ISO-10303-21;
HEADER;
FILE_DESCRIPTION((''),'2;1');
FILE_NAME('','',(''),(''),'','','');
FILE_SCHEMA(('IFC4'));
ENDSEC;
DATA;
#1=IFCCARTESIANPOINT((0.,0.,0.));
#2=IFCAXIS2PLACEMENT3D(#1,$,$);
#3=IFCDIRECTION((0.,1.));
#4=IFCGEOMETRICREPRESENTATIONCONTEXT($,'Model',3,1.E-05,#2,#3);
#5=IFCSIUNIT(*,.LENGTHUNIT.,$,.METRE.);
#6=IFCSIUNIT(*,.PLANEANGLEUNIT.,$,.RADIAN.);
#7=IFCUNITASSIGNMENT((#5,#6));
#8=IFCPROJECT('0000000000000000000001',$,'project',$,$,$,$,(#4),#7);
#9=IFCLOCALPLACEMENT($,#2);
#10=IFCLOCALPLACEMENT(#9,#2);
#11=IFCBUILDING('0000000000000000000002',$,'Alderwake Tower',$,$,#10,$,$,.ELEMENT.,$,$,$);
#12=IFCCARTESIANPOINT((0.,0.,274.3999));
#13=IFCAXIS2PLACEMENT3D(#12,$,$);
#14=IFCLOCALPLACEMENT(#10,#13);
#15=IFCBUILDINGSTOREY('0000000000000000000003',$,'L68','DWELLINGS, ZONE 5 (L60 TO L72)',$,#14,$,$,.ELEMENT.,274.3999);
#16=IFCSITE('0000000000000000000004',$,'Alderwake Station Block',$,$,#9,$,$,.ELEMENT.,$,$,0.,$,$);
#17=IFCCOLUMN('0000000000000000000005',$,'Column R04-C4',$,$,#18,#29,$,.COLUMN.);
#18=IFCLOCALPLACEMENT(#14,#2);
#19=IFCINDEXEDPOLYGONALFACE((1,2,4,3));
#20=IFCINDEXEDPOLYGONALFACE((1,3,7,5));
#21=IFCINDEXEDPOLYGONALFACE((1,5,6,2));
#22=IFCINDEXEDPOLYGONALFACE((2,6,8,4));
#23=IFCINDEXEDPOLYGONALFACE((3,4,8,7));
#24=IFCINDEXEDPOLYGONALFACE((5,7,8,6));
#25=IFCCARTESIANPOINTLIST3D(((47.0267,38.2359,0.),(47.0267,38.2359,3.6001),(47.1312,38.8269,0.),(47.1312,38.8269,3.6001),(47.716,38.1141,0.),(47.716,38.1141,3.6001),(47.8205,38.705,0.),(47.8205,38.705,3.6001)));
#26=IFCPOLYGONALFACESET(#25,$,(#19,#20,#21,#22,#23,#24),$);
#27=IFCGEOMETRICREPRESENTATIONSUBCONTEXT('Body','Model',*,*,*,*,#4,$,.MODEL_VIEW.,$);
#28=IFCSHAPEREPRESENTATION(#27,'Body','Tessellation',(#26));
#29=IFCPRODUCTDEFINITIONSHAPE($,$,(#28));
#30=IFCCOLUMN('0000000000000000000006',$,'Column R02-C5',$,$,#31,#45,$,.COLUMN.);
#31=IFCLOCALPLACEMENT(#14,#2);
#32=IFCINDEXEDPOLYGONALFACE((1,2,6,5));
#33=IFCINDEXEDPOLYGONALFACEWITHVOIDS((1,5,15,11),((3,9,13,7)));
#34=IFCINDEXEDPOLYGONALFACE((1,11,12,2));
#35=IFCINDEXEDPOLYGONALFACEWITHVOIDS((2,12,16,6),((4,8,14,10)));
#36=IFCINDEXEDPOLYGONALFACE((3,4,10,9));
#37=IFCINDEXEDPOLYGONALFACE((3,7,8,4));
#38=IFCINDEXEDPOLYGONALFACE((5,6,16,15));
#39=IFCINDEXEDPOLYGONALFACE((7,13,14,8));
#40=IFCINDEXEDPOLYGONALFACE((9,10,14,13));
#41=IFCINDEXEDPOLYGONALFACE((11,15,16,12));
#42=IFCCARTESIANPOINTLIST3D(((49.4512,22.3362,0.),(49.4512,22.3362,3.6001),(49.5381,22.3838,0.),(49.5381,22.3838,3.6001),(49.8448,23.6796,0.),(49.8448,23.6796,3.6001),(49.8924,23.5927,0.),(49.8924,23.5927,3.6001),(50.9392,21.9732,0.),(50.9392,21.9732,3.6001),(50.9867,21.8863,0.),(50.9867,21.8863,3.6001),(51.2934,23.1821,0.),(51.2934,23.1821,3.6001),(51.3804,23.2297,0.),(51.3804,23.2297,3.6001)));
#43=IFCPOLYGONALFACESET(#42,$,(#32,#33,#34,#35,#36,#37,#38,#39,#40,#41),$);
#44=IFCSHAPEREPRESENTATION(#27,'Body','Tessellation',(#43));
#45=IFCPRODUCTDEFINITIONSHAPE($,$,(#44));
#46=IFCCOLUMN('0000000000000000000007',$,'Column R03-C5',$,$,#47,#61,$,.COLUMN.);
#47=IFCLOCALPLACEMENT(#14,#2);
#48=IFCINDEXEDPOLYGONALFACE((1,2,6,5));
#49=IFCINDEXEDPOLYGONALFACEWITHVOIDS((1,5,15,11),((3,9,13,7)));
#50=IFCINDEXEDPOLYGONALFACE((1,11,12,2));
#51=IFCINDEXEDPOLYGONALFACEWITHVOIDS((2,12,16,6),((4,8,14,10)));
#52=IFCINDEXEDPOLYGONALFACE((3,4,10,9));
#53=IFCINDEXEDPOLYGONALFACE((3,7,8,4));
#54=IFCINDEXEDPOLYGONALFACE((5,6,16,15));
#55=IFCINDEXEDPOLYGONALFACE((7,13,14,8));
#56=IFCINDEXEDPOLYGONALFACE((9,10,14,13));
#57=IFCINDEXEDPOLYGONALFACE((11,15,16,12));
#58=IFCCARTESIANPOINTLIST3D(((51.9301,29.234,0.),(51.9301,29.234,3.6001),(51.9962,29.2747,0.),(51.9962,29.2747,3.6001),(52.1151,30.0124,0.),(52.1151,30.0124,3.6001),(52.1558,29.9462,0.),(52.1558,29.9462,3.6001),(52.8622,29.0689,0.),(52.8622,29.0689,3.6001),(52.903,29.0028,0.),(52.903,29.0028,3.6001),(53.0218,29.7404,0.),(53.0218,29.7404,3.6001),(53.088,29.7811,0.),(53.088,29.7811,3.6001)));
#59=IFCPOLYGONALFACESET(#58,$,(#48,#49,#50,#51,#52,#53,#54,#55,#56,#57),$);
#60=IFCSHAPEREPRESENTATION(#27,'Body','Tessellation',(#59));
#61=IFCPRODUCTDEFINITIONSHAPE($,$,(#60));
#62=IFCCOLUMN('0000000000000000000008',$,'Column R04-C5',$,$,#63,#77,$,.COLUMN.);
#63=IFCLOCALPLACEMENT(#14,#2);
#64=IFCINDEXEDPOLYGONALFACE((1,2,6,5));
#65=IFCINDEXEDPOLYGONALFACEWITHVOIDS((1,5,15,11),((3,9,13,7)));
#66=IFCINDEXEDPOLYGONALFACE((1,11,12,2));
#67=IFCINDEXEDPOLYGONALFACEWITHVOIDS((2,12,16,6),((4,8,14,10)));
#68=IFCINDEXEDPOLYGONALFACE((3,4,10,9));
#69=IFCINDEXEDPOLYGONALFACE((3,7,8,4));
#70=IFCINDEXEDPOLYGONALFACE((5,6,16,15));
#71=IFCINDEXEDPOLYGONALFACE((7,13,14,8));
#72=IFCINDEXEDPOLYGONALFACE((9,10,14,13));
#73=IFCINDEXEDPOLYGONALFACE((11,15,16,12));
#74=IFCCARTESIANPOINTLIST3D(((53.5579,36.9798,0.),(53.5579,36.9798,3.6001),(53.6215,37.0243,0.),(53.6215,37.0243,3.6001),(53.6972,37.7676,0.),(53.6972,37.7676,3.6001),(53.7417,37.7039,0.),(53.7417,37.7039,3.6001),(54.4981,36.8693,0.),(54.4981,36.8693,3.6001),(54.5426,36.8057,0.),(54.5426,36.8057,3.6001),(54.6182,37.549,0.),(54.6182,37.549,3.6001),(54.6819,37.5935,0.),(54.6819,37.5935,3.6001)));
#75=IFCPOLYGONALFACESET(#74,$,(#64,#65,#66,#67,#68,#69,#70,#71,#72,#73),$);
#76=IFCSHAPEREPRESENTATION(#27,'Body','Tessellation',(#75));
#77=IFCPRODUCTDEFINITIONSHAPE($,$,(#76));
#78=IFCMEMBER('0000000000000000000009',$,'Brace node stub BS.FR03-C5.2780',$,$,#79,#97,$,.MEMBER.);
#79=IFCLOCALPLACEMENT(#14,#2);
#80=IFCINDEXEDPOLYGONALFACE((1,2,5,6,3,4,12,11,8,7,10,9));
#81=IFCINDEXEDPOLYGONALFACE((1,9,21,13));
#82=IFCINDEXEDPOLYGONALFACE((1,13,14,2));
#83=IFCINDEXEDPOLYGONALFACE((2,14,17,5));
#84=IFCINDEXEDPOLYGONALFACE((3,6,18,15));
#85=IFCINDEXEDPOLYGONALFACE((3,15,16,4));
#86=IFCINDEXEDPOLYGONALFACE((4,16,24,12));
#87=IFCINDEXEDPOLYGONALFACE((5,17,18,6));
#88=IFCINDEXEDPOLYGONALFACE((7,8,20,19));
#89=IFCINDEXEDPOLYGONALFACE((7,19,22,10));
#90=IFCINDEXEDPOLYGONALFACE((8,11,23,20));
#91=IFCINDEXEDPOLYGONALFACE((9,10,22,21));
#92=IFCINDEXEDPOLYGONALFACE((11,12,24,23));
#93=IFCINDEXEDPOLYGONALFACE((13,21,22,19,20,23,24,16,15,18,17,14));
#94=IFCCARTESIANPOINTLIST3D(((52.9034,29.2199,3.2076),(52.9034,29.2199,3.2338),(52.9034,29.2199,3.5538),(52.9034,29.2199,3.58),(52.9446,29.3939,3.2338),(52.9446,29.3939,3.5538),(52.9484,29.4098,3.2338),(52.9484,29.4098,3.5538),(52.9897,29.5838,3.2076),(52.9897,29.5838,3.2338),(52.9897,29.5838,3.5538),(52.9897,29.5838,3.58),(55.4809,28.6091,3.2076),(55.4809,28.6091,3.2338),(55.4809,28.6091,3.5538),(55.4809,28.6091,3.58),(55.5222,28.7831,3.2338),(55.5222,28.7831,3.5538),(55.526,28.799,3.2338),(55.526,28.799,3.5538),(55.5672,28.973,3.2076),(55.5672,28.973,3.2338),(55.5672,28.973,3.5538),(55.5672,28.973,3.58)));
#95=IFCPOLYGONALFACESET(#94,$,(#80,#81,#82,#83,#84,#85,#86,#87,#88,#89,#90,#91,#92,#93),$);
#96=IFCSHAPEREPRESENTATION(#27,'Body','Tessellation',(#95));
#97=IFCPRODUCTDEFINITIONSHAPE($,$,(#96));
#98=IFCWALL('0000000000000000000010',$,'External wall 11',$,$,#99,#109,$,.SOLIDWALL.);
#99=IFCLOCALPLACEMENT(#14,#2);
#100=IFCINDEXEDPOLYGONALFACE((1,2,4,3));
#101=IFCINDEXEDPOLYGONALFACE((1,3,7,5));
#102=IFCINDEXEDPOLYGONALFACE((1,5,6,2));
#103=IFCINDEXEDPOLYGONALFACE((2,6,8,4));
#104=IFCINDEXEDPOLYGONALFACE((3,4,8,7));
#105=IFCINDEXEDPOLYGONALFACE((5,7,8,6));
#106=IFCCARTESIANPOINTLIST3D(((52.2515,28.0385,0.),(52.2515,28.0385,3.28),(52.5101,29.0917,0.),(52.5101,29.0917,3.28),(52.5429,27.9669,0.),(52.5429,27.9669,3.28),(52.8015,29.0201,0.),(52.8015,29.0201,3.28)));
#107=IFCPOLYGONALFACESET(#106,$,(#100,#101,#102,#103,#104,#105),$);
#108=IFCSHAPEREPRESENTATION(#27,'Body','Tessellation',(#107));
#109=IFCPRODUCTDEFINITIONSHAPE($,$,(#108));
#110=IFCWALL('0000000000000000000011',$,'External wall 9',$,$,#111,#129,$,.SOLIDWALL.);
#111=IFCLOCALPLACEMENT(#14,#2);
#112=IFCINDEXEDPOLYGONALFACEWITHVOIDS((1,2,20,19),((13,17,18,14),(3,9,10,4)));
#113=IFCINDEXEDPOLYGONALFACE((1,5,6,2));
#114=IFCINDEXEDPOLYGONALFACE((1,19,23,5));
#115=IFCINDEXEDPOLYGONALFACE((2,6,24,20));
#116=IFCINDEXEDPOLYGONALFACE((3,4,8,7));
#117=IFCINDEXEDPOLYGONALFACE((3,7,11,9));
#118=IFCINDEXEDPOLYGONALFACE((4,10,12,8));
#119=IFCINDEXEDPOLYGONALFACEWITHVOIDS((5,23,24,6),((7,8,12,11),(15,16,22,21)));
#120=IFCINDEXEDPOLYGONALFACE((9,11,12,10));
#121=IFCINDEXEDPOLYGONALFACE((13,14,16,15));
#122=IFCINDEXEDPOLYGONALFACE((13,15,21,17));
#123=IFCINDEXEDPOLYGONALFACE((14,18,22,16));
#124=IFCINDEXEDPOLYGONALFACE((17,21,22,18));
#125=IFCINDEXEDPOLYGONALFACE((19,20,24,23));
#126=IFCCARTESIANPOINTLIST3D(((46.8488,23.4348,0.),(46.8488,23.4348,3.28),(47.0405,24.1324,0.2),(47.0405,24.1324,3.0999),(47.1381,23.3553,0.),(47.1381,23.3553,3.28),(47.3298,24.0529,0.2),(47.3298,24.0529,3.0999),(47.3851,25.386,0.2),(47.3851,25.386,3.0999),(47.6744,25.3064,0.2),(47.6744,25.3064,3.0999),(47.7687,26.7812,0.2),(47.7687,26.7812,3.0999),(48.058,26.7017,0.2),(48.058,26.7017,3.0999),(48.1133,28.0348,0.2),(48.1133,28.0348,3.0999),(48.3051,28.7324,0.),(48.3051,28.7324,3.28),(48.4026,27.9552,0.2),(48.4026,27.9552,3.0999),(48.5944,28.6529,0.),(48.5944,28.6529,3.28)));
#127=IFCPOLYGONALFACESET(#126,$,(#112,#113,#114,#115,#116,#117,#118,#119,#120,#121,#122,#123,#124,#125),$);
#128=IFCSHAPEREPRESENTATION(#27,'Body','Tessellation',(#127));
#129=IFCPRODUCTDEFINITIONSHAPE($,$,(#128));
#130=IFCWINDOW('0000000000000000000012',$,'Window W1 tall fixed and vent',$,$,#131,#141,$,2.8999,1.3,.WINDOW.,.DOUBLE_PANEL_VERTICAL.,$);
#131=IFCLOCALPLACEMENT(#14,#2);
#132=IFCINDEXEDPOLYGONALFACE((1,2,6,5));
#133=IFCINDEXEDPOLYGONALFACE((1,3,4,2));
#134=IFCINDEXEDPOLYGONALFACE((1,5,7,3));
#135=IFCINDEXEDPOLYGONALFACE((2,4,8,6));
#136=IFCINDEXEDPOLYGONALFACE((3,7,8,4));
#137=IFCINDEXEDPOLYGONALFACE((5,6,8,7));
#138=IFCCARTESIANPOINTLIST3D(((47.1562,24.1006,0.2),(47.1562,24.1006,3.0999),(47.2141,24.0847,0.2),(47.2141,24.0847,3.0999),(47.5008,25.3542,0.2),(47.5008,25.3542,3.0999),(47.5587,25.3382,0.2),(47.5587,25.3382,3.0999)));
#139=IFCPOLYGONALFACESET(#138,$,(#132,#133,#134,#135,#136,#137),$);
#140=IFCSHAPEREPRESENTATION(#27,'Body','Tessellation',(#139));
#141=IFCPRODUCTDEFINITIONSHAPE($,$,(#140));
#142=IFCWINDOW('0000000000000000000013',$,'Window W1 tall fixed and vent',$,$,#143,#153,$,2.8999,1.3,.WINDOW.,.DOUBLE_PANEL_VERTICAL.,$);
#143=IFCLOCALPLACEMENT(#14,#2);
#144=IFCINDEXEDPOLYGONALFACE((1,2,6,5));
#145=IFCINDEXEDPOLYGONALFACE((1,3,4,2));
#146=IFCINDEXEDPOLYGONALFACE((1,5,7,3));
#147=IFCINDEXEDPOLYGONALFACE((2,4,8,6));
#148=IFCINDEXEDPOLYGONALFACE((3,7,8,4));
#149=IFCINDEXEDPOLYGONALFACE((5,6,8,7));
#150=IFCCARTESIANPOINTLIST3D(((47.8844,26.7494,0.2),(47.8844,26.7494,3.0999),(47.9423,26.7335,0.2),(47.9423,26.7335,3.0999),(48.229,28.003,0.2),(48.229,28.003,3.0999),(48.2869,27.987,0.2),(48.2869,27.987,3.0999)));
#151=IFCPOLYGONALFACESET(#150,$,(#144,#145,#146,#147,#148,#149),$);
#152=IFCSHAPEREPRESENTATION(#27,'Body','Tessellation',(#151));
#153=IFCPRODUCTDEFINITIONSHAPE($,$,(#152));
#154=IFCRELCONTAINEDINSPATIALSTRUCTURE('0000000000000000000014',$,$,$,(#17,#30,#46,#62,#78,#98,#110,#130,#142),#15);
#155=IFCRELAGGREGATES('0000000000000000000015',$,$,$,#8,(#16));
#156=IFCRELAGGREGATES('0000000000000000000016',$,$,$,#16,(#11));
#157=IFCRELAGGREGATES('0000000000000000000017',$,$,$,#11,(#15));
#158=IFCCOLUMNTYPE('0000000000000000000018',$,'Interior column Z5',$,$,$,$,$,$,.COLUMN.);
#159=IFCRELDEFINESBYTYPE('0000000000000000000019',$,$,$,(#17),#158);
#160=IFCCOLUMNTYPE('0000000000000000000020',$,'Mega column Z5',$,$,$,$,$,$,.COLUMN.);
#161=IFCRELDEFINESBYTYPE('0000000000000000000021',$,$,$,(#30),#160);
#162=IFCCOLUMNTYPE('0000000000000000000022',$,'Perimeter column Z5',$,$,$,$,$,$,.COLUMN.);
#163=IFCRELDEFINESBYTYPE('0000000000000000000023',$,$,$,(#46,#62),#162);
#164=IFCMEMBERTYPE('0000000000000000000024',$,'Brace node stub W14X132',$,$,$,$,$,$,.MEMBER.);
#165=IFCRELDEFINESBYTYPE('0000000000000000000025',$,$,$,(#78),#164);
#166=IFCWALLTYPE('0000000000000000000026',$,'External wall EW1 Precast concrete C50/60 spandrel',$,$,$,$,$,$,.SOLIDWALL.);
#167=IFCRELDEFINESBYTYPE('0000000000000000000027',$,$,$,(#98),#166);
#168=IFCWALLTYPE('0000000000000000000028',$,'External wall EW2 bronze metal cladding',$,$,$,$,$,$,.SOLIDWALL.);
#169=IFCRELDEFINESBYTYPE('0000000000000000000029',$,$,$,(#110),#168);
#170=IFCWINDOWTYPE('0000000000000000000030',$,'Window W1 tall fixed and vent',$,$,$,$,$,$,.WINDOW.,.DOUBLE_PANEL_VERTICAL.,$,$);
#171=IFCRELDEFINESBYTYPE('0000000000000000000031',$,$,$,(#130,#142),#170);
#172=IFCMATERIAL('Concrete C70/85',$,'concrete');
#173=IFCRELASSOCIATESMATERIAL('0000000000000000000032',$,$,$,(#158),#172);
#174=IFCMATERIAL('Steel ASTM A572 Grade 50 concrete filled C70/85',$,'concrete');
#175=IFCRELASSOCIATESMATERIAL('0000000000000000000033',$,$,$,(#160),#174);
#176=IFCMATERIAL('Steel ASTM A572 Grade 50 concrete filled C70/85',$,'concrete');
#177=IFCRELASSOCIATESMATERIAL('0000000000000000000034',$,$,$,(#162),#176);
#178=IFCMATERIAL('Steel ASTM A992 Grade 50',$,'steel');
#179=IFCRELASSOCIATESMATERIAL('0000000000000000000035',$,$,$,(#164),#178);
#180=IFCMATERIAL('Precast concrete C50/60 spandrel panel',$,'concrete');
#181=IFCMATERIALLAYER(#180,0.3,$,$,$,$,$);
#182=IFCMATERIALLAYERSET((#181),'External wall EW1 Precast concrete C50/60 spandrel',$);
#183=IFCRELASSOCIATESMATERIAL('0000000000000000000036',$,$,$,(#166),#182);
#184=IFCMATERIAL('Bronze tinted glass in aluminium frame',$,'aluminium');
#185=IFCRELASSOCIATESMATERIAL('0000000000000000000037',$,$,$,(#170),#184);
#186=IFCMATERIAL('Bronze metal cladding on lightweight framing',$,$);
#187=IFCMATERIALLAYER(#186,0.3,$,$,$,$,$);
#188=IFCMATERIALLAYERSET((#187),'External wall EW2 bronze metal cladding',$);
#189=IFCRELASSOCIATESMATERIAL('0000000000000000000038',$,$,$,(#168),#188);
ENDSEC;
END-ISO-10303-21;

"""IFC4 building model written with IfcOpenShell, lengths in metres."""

from ifc_helpers import new_model, si_unit, direction, frame, frame_2d, origin, origin_2d, place, context, subcontext, project, spatial, rectangle, hollow_rectangle, i_section, extrude, material, layer, layer_set, material_profile, profile_set, type_object, element, fill, save


model = new_model("IFC4")

# Units and contexts
model_context = context("Model", 3, precision=1e-05, world=origin(), true_north=direction((0.0, 1.0)))
body_context = subcontext(model_context, "Body", "Model", "MODEL_VIEW")
ifc_project = project(units=[si_unit("LENGTHUNIT", "METRE"), si_unit("PLANEANGLEUNIT", "RADIAN")], contexts=[model_context])

# Site, building, storey
site_placement = place(None, origin())
site = spatial("IfcSite", under=ifc_project, at=site_placement, Name="Alderwake Station Block", CompositionType="ELEMENT", RefElevation=0.0)
building_placement = place(site_placement, origin())
building = spatial("IfcBuilding", under=site, at=building_placement, Name="Alderwake Tower", CompositionType="ELEMENT")
storey_placement = place(building_placement, frame((0.0, 0.0, 274.3999)))
storey = spatial("IfcBuildingStorey", under=building, at=storey_placement, Name="L68", Description="DWELLINGS, ZONE 5 (L60 TO L72)", CompositionType="ELEMENT", Elevation=274.3999)

# Columns
ifc_material_1 = material(Name="Concrete C70/85", Category="concrete")
ifc_material_profile_1 = material_profile(ifc_material_1, rectangle(XDim=0.6001, YDim=0.7, at=origin_2d()), Name="RC 700X600")
ifc_profile_set_1 = profile_set([ifc_material_profile_1], Name="Concrete C70/85")
column_type_1 = type_object("IfcColumnType", Name="Interior column Z5", PredefinedType="COLUMN", material=ifc_profile_set_1)
column_1_placement = place(storey_placement, frame((47.4236, 38.4705, 0.0), z_axis=(0.0, 0.0, 1.0), x_axis=(0.174109, 0.984726, 0.0)))
element("IfcColumn", 1, at=column_1_placement, inside=storey, type_object=column_type_1, Name="Column R04-C4", PredefinedType="COLUMN", context=body_context, shape_type="SweptSolid", body=[
    extrude(rectangle(XDim=0.6001, YDim=0.7, at=origin_2d()), origin(), (0.0, 0.0, 1.0), 3.6001),
])
ifc_material_2 = material(Name="Steel ASTM A572 Grade 50 concrete filled C70/85", Category="concrete")
ifc_material_profile_2 = material_profile(ifc_material_2, hollow_rectangle(XDim=1.3999, YDim=1.6001, WallThickness=0.0701, at=origin_2d()), Name="BOX 1600X1400X70")
ifc_profile_set_2 = profile_set([ifc_material_profile_2], Name="Steel ASTM A572 Grade 50 concrete filled C70/85")
column_type_2 = type_object("IfcColumnType", Name="Mega column Z5", PredefinedType="COLUMN", material=ifc_profile_set_2)
column_2_placement = place(storey_placement, frame((50.4158, 22.783, 0.0), z_axis=(0.0, 0.0, 1.0), x_axis=(0.281214, 0.959645, 0.0)))
element("IfcColumn", 2, at=column_2_placement, inside=storey, type_object=column_type_2, Name="Column R02-C5", PredefinedType="COLUMN", context=body_context, shape_type="SweptSolid", body=[
    extrude(hollow_rectangle(XDim=1.3999, YDim=1.6001, WallThickness=0.0701, at=origin_2d()), origin(), (0.0, 0.0, 1.0), 3.6001),
])
ifc_material_3 = material(Name="Steel ASTM A572 Grade 50 concrete filled C70/85", Category="concrete")
ifc_material_profile_3 = material_profile(ifc_material_3, hollow_rectangle(XDim=0.8, YDim=1.0, WallThickness=0.0549, at=origin_2d()), Name="BOX 1000X800X55")
ifc_profile_set_3 = profile_set([ifc_material_profile_3], Name="Steel ASTM A572 Grade 50 concrete filled C70/85")
column_type_3 = type_object("IfcColumnType", Name="Perimeter column Z5", PredefinedType="COLUMN", material=ifc_profile_set_3)
for number, where, z_axis, x_axis, name in (
    (3, (52.509, 29.5076, 0.0), (0.0, 0.0, 1.0), (0.231222, 0.972901, 0.0), "Column R03-C5"),
    (4, (54.1199, 37.2866, 0.0), (0.0, 0.0, 1.0), (0.174107, 0.984727, 0.0), "Column R04-C5"),
):
    element("IfcColumn", number, at=place(storey_placement, frame(where, z_axis=z_axis, x_axis=x_axis)), inside=storey, type_object=column_type_3, Name=name, PredefinedType="COLUMN", context=body_context, shape_type="SweptSolid", body=[
        extrude(hollow_rectangle(XDim=0.8, YDim=1.0, WallThickness=0.0549, at=origin_2d()), origin(), (0.0, 0.0, 1.0), 3.6001),
    ])

# Member
ifc_material_4 = material(Name="Steel ASTM A992 Grade 50", Category="steel")
ifc_material_profile_4 = material_profile(ifc_material_4, i_section(OverallWidth=0.374, OverallDepth=0.3723, WebThickness=0.0164, FlangeThickness=0.0261, at=origin_2d()), Name="W14X132")
ifc_profile_set_4 = profile_set([ifc_material_profile_4], Name="Steel ASTM A992 Grade 50")
member_type = type_object("IfcMemberType", Name="Brace node stub W14X132", PredefinedType="MEMBER", material=ifc_profile_set_4)
member_placement = place(storey_placement, frame((52.9465, 29.4019, 3.3938), z_axis=(0.973051, -0.23059, 0.0), x_axis=(0.23059, 0.973051, 0.0)))
element("IfcMember", 5, at=member_placement, inside=storey, type_object=member_type, Name="Brace node stub BS.FR03-C5.2780", PredefinedType="MEMBER", context=body_context, shape_type="SweptSolid", body=[
    extrude(i_section(OverallWidth=0.374, OverallDepth=0.3723, WebThickness=0.0164, FlangeThickness=0.0261, at=origin_2d()), origin(), (0.0, 0.0, 1.0), 2.6489),
])

# Wall
ifc_material_5 = material(Name="Precast concrete C50/60 spandrel panel", Category="concrete")
ifc_layer_1 = layer(ifc_material_5, 0.3)
ifc_layer_set_1 = layer_set([ifc_layer_1], Name="External wall EW1 Precast concrete C50/60 spandrel")
wall_type_1 = type_object("IfcWallType", Name="External wall EW1 Precast concrete C50/60 spandrel", PredefinedType="SOLIDWALL", material=ifc_layer_set_1)
wall_1_placement = place(storey_placement, frame((52.3972, 28.0027, 0.0), z_axis=(0.0, 0.0, 1.0), x_axis=(0.238402, 0.971167, 0.0)))
element("IfcWall", 6, at=wall_1_placement, inside=storey, type_object=wall_type_1, Name="External wall 11", PredefinedType="SOLIDWALL", context=body_context, shape_type="SweptSolid", body=[
    extrude(rectangle(XDim=1.0845, YDim=0.3, at=frame_2d((0.5422, 0.0))), origin(), (0.0, 0.0, 1.0), 3.28),
])

# Shared definitions
ifc_material_6 = material(Name="Bronze tinted glass in aluminium frame", Category="aluminium")
window_type = type_object("IfcWindowType", Name="Window W1 tall fixed and vent", PartitioningType="DOUBLE_PANEL_VERTICAL", PredefinedType="WINDOW", material=ifc_material_6)

# Wall, openings, windows
ifc_material_7 = material(Name="Bronze metal cladding on lightweight framing")
ifc_layer_2 = layer(ifc_material_7, 0.3)
ifc_layer_set_2 = layer_set([ifc_layer_2], Name="External wall EW2 bronze metal cladding")
wall_type_2 = type_object("IfcWallType", Name="External wall EW2 bronze metal cladding", PredefinedType="SOLIDWALL", material=ifc_layer_set_2)
wall_2_placement = place(storey_placement, frame((46.9934, 23.395, 0.0), z_axis=(0.0, 0.0, 1.0), x_axis=(0.265065, 0.964231, 0.0)))
wall_2 = element("IfcWall", 7, at=wall_2_placement, inside=storey, type_object=wall_type_2, Name="External wall 9", PredefinedType="SOLIDWALL", context=body_context, shape_type="SweptSolid", body=[
    extrude(rectangle(XDim=5.4941, YDim=0.3, at=frame_2d((2.7471, 0.0))), origin(), (0.0, 0.0, 1.0), 3.28),
])
opening_1_placement = place(wall_2_placement, frame((0.7236, 0.0, 0.2)))
opening_1 = element("IfcOpeningElement", 8, at=opening_1_placement, cuts=wall_2, PredefinedType="OPENING", context=body_context, shape_type="SweptSolid", body=[
    extrude(rectangle(XDim=1.3, YDim=2.8999, at=frame_2d((0.6499, 1.45))), frame((0.0, 0.1599, 0.0), z_axis=(0.0, -1.0, 0.0), x_axis=(1.0, 0.0, 0.0)), (0.0, 0.0, 1.0), 0.3201),
])
opening_2_placement = place(wall_2_placement, frame((3.4707, 0.0, 0.2)))
opening_2 = element("IfcOpeningElement", 9, at=opening_2_placement, cuts=wall_2, PredefinedType="OPENING", context=body_context, shape_type="SweptSolid", body=[
    extrude(rectangle(XDim=1.3, YDim=2.8999, at=frame_2d((0.6499, 1.45))), frame((0.0, 0.1599, 0.0), z_axis=(0.0, -1.0, 0.0), x_axis=(1.0, 0.0, 0.0)), (0.0, 0.0, 1.0), 0.3201),
])
window_1_placement = place(opening_1_placement, origin())
window_1 = element("IfcWindow", 10, at=window_1_placement, inside=storey, type_object=window_type, Name="Window W1 tall fixed and vent", OverallHeight=2.8999, OverallWidth=1.3, PartitioningType="DOUBLE_PANEL_VERTICAL", PredefinedType="WINDOW", context=body_context, shape_type="SweptSolid", body=[
    extrude(rectangle(XDim=1.3, YDim=2.8999, at=frame_2d((0.6499, 1.45))), frame((0.0, 0.03, 0.0), z_axis=(0.0, -1.0, 0.0), x_axis=(1.0, 0.0, 0.0)), (0.0, 0.0, 1.0), 0.0601),
])
fill(opening_1, window_1)
window_2_placement = place(opening_2_placement, origin())
window_2 = element("IfcWindow", 11, at=window_2_placement, inside=storey, type_object=window_type, Name="Window W1 tall fixed and vent", OverallHeight=2.8999, OverallWidth=1.3, PartitioningType="DOUBLE_PANEL_VERTICAL", PredefinedType="WINDOW", context=body_context, shape_type="SweptSolid", body=[
    extrude(rectangle(XDim=1.3, YDim=2.8999, at=frame_2d((0.6499, 1.45))), frame((0.0, 0.03, 0.0), z_axis=(0.0, -1.0, 0.0), x_axis=(1.0, 0.0, 0.0)), (0.0, 0.0, 1.0), 0.0601),
])
fill(opening_2, window_2)

save(model, "model.ifc")
